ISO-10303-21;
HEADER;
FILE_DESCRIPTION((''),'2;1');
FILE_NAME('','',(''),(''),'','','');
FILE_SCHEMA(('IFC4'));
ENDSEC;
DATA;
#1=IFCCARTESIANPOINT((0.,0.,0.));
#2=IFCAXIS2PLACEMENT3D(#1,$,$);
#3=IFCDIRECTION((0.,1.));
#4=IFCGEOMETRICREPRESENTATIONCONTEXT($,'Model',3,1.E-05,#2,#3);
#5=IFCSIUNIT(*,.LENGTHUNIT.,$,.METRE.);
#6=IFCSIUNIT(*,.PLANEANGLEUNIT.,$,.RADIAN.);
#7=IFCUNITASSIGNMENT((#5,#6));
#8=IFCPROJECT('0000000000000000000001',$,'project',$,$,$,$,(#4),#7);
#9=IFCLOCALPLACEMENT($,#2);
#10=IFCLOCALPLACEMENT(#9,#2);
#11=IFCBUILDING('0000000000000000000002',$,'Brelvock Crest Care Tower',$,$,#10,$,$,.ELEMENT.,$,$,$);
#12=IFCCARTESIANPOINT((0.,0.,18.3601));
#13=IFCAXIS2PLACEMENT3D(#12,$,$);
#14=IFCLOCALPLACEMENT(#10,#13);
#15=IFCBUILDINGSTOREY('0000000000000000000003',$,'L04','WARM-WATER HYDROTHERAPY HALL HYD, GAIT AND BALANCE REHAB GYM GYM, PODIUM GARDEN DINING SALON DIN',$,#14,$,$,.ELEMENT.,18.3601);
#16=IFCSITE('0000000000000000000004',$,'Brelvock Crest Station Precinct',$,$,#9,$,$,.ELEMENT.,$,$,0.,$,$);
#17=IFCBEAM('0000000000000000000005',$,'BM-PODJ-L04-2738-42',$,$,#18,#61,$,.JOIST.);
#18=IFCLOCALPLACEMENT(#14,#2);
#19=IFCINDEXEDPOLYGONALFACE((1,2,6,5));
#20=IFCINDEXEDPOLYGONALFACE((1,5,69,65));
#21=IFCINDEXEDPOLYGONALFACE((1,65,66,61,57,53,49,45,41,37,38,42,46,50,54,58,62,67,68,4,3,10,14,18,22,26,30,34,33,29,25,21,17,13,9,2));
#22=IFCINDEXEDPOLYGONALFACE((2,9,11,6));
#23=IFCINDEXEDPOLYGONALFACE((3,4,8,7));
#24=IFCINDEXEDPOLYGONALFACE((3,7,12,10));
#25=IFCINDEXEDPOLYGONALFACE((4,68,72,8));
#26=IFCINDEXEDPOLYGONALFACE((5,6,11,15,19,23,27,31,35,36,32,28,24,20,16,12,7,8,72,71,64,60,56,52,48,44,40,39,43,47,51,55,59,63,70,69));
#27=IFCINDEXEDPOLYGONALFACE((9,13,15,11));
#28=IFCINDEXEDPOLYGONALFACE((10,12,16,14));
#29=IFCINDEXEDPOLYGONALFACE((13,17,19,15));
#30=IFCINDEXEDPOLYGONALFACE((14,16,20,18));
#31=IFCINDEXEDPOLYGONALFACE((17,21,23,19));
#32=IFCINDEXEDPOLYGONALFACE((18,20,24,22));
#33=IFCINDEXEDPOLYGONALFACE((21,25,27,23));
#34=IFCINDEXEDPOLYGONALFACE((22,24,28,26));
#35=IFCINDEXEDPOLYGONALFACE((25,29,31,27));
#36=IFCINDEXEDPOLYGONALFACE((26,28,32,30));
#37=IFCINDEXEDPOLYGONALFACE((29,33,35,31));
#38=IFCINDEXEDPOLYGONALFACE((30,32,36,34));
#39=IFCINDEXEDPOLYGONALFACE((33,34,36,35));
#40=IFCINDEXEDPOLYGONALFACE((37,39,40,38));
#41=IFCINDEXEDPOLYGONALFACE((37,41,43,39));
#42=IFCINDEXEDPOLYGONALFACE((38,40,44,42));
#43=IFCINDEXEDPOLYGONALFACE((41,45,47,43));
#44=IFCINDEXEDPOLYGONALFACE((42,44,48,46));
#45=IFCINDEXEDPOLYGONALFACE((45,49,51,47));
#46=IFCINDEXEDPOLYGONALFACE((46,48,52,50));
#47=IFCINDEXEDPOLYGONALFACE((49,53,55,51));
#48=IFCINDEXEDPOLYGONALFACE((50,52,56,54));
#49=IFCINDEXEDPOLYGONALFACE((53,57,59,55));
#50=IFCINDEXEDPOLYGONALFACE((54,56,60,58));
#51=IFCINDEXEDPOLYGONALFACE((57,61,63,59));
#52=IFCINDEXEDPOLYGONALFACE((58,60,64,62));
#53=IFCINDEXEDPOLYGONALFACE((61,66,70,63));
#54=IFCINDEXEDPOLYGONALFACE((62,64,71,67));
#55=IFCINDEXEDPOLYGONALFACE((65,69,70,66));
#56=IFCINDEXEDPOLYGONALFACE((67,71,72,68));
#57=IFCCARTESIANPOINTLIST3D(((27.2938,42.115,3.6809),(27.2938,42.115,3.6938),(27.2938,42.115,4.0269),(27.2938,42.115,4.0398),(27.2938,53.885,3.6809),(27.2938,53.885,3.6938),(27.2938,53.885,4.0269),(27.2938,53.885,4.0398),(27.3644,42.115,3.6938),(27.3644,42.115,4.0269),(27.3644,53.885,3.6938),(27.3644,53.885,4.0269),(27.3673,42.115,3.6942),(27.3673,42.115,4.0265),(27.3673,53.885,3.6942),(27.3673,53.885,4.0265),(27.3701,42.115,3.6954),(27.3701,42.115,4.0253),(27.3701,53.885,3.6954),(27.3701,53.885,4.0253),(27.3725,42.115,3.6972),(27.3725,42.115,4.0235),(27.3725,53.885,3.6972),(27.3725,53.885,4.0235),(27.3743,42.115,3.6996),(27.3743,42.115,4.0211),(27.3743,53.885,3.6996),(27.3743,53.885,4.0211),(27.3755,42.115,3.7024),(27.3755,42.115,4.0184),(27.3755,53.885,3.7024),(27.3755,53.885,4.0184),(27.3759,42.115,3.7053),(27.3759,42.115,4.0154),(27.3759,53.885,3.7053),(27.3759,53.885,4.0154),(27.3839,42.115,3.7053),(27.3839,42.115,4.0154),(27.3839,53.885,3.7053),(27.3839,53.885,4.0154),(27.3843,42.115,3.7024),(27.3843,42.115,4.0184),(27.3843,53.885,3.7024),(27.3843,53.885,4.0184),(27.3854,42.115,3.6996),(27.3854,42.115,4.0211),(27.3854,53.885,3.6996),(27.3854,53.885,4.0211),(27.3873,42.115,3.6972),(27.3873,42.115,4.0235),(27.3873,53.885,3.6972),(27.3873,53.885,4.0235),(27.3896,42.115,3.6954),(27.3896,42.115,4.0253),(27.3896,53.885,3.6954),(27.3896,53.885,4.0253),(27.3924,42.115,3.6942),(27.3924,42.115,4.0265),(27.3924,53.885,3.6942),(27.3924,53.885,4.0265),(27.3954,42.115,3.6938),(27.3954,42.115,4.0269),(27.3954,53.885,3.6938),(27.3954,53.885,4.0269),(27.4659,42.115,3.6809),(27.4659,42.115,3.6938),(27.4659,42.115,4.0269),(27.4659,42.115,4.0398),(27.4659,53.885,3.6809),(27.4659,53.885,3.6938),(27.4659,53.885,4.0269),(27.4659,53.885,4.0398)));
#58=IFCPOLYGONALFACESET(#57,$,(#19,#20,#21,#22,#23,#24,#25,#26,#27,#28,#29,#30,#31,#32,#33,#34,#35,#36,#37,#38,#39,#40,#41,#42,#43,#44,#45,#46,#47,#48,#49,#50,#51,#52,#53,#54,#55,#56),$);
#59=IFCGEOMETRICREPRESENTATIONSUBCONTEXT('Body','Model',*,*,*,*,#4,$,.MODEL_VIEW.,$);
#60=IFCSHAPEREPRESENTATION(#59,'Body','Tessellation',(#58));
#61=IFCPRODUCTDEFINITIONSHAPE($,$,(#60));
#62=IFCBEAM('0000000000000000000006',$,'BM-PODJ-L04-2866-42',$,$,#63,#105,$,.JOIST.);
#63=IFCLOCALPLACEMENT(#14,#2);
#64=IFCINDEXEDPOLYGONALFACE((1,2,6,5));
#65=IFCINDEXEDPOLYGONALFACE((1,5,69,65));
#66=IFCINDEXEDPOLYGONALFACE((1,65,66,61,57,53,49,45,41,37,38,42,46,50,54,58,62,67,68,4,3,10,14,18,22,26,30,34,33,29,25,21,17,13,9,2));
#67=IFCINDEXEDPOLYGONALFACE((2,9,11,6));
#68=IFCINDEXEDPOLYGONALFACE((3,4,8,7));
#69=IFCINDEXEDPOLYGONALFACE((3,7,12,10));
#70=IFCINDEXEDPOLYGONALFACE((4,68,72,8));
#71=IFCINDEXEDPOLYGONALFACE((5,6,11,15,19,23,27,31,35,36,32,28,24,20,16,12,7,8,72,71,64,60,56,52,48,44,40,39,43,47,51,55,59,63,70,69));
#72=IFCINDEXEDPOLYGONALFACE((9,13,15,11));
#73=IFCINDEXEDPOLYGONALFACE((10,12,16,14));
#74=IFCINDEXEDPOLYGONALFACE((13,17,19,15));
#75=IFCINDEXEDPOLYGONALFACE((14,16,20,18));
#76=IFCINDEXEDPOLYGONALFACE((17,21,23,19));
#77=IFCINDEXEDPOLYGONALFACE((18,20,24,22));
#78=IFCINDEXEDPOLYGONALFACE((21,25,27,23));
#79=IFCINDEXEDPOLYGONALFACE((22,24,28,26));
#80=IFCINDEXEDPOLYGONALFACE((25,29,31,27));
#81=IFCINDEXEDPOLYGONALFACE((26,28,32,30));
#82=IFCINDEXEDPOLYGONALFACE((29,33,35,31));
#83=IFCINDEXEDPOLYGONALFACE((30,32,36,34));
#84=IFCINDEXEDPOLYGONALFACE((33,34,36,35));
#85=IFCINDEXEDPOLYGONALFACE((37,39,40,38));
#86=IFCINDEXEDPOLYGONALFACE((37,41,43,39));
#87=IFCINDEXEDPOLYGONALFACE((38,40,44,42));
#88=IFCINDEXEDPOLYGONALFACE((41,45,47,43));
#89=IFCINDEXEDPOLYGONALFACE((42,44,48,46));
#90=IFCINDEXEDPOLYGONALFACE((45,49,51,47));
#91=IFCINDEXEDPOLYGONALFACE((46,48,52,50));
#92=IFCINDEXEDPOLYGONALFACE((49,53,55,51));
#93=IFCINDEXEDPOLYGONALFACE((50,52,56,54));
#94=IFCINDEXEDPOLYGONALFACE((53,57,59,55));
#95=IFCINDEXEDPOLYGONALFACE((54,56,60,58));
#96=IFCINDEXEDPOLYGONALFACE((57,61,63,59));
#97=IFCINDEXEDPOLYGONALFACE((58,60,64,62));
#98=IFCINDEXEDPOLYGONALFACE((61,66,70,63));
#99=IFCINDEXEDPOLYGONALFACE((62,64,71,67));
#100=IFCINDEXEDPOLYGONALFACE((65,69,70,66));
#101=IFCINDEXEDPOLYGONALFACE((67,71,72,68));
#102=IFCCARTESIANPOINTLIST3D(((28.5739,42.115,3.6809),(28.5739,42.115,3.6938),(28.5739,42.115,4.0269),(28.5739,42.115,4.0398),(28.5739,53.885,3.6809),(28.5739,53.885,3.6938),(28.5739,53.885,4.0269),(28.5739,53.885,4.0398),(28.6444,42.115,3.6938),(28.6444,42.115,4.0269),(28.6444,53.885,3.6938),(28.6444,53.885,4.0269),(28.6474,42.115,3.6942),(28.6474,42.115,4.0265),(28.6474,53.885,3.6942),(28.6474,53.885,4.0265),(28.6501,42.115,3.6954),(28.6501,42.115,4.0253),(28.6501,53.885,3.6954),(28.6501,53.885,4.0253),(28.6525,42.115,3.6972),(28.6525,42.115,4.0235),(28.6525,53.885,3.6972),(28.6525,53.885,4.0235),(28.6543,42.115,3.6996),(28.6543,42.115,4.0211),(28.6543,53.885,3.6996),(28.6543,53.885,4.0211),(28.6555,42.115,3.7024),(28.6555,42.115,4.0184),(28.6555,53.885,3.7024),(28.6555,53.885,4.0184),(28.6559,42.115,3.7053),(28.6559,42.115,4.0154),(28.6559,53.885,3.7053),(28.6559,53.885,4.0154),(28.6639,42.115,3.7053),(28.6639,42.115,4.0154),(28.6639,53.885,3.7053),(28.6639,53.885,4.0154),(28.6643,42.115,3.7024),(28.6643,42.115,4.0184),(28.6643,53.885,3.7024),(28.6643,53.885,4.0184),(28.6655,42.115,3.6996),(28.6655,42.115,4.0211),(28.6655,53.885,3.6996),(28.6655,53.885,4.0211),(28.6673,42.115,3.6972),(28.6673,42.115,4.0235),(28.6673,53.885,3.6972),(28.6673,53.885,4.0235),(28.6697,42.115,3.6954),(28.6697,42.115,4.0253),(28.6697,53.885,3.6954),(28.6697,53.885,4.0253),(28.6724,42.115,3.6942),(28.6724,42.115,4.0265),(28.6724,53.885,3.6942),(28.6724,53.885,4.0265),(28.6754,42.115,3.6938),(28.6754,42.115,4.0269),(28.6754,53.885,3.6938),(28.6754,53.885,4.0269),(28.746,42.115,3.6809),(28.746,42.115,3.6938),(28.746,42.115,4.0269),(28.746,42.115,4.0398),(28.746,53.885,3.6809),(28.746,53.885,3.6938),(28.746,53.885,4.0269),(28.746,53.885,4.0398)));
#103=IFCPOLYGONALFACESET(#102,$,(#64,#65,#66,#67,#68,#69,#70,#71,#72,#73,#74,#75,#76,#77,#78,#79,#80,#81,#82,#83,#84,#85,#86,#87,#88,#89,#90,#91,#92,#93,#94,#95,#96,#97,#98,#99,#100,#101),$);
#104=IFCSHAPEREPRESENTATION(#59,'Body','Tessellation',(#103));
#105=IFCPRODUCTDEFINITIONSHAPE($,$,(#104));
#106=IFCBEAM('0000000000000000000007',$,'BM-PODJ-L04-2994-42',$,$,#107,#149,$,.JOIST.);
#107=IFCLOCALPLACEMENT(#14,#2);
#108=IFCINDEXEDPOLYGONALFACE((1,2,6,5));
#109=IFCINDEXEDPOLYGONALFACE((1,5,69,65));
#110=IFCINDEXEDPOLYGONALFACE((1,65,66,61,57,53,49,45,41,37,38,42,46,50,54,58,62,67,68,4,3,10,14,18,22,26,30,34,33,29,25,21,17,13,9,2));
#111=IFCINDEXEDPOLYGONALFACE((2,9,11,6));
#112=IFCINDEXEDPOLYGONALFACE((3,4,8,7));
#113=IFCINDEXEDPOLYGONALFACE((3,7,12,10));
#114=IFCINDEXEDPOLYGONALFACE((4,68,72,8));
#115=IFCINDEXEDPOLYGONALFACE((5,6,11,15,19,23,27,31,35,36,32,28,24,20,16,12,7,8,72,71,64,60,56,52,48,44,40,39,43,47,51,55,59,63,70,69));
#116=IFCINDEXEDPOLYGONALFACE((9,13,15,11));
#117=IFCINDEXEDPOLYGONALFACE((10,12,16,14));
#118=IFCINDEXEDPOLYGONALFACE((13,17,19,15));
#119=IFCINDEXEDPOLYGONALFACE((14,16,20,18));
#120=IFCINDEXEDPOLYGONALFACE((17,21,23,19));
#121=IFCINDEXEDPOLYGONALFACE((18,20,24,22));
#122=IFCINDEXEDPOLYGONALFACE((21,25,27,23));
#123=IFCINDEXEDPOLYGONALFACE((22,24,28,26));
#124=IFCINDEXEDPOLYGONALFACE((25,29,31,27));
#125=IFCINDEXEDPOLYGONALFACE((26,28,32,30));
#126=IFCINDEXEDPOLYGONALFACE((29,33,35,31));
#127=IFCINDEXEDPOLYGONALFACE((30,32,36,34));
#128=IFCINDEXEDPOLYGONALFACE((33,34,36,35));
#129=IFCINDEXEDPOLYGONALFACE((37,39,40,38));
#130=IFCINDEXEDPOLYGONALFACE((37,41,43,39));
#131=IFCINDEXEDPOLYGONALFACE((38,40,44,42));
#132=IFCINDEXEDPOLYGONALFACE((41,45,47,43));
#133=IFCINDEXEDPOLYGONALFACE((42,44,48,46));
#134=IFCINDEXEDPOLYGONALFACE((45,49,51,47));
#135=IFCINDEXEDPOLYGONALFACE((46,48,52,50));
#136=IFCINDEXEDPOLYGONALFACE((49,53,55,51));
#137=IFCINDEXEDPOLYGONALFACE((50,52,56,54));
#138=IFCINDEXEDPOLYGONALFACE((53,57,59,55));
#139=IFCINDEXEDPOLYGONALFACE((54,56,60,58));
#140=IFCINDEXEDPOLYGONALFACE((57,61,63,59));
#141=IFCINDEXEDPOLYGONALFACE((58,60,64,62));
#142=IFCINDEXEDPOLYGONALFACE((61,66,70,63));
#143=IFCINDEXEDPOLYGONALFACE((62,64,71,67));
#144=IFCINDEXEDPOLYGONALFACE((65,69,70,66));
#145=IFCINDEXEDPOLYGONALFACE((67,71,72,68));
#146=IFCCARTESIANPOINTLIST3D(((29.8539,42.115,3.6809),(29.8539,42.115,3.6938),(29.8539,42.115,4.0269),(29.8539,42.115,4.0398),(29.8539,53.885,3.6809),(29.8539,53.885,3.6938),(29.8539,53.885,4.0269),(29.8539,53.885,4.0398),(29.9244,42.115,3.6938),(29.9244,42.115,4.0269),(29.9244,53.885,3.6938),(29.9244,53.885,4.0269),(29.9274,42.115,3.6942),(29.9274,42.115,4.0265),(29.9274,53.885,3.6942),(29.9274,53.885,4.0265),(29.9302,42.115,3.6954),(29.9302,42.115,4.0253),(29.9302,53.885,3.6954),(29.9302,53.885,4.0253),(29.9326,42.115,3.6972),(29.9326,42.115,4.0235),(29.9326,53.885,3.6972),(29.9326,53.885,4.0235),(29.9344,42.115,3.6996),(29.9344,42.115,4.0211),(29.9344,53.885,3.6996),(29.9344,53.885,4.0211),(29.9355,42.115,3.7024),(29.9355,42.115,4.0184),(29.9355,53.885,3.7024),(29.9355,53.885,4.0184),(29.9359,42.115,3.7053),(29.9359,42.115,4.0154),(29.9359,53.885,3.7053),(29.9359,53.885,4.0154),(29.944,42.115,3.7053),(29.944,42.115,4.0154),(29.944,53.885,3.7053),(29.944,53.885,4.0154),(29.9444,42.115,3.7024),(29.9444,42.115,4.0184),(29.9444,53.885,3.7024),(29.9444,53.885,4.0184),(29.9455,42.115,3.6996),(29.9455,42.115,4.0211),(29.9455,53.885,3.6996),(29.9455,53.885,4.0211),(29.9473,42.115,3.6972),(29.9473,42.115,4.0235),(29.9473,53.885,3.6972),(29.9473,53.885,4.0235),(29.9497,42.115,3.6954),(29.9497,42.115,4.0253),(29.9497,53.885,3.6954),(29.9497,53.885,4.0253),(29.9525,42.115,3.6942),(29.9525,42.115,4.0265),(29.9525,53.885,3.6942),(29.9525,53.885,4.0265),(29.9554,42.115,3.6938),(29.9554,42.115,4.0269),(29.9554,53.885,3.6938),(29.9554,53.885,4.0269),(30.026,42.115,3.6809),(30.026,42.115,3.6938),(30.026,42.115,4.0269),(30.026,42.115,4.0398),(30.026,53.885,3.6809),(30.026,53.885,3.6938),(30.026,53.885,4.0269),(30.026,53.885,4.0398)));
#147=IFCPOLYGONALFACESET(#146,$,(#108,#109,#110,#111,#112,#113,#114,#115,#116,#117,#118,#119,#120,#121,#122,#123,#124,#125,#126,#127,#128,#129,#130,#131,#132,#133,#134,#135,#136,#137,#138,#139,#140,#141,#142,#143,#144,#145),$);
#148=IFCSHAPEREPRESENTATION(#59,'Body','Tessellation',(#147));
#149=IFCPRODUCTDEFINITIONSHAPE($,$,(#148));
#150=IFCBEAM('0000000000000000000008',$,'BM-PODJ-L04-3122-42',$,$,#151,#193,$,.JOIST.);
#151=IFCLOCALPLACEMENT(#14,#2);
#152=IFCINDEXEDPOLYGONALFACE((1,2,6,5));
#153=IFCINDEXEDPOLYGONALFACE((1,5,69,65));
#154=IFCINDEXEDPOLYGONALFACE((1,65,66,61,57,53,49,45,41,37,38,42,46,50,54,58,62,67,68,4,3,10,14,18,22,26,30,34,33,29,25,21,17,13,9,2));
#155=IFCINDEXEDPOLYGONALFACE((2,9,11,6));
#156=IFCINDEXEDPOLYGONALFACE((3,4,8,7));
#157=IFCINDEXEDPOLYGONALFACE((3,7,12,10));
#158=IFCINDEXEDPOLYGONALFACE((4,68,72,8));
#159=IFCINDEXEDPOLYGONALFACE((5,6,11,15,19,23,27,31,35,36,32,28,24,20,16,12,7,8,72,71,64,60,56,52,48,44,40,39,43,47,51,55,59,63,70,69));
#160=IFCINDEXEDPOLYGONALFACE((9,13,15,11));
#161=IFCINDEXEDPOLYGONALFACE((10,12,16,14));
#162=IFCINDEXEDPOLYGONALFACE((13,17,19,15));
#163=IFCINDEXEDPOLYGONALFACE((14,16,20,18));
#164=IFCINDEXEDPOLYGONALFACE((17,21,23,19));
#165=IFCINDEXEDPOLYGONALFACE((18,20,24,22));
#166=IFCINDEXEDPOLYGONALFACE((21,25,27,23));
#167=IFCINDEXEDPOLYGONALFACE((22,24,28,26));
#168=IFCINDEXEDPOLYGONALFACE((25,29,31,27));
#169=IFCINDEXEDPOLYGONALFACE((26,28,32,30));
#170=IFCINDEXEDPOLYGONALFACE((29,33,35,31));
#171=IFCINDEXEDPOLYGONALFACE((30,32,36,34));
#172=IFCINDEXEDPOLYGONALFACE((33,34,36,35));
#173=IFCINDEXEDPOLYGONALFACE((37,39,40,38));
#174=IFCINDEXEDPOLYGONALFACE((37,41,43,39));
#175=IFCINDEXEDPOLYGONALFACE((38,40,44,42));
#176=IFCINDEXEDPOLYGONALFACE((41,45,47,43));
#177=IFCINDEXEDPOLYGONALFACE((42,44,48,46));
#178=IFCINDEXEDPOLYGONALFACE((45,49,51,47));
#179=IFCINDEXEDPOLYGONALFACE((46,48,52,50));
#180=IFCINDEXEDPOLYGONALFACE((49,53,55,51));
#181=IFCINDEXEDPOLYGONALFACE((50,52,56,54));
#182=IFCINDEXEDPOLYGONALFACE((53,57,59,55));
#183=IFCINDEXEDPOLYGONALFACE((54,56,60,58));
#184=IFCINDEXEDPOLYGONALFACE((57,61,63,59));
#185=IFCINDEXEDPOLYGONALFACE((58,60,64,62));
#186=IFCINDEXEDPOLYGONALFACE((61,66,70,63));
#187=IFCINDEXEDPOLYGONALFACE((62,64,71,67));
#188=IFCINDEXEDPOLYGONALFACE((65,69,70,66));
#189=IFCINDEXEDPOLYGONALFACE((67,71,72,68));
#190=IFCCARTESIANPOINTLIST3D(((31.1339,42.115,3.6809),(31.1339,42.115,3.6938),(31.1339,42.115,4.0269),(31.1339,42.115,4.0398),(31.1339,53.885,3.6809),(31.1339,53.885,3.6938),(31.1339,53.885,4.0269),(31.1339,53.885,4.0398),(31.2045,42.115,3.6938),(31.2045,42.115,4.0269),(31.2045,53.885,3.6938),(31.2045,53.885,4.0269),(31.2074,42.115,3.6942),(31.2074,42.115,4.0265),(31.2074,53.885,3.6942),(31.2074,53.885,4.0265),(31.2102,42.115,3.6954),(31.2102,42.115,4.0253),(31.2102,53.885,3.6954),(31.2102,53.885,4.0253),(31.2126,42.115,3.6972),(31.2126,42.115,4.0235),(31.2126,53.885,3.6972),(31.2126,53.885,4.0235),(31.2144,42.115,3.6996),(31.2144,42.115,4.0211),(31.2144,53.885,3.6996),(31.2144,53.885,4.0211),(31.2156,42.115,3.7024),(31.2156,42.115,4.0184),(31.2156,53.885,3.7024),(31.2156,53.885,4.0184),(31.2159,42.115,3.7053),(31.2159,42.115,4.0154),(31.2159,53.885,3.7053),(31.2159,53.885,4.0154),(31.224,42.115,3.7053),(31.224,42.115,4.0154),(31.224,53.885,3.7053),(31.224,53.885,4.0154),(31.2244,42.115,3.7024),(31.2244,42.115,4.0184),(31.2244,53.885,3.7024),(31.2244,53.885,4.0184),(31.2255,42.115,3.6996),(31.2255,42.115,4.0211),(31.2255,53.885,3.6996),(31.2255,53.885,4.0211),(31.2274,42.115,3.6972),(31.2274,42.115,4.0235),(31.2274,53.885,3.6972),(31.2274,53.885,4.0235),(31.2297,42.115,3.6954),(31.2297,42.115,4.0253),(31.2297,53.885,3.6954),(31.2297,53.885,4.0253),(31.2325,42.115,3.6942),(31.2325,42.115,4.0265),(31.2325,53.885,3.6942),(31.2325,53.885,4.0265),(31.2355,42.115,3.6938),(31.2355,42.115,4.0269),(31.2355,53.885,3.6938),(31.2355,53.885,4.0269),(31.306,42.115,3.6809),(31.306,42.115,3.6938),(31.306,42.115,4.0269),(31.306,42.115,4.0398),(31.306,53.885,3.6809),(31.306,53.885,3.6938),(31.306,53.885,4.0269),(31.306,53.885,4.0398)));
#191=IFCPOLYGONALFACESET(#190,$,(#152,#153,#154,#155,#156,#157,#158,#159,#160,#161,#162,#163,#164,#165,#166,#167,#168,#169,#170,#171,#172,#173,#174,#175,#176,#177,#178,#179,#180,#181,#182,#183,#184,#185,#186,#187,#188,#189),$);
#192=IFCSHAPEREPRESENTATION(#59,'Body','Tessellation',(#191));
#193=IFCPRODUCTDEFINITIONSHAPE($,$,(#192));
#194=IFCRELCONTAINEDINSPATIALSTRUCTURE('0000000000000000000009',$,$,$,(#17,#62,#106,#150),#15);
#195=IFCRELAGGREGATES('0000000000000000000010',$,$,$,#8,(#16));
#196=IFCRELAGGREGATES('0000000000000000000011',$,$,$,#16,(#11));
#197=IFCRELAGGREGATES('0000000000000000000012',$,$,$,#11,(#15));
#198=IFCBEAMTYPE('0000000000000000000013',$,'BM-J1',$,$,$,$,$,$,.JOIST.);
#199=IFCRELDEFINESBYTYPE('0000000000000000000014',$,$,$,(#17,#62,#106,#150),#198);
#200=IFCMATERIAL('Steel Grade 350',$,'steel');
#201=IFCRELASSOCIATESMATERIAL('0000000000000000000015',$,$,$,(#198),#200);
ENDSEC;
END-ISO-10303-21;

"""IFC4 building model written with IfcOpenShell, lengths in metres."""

from ifc_helpers import new_model, si_unit, direction, frame, origin, origin_2d, place, context, subcontext, project, spatial, i_section, extrude, source, transform, mapped, material, material_profile, profile_set, type_object, element, save


model = new_model("IFC4")

# Units and contexts
model_context = context("Model", 3, precision=1e-05, world=origin(), true_north=direction((0.0, 1.0)))
body_context = subcontext(model_context, "Body", "Model", "MODEL_VIEW")
ifc_project = project(units=[si_unit("LENGTHUNIT", "METRE"), si_unit("PLANEANGLEUNIT", "RADIAN")], contexts=[model_context])

# Site, building, storey
site_placement = place(None, origin())
site = spatial("IfcSite", under=ifc_project, at=site_placement, Name="Brelvock Crest Station Precinct", CompositionType="ELEMENT", RefElevation=0.0)
building_placement = place(site_placement, origin())
building = spatial("IfcBuilding", under=site, at=building_placement, Name="Brelvock Crest Care Tower", CompositionType="ELEMENT")
storey_placement = place(building_placement, frame((0.0, 0.0, 18.3601)))
storey = spatial("IfcBuildingStorey", under=building, at=storey_placement, Name="L04", Description="WARM-WATER HYDROTHERAPY HALL HYD, GAIT AND BALANCE REHAB GYM GYM, PODIUM GARDEN DINING SALON DIN", CompositionType="ELEMENT", Elevation=18.3601)

# Shared definitions
ifc_material_1 = material(Name="Steel Grade 350", Category="steel")

# Beams
ifc_material_profile_1 = material_profile(ifc_material_1, i_section(OverallWidth=0.1721, OverallDepth=0.3589, WebThickness=0.0081, FlangeThickness=0.0129, FilletRadius=0.0115, at=origin_2d()), Name="360UB56.7")
ifc_profile_set_1 = profile_set([ifc_material_profile_1], Name="Steel Grade 350")
beam_type_1 = type_object("IfcBeamType", Name="BM-J1", PredefinedType="JOIST", material=ifc_profile_set_1)
shared_shape_1 = source(origin(), body_context, "Body", "SweptSolid", [
    extrude(i_section(OverallWidth=0.1721, OverallDepth=0.3589, WebThickness=0.0081, FlangeThickness=0.0129, FilletRadius=0.0115, at=origin_2d()), origin(), (0.0, 0.0, 1.0), 11.77),
])
for number, where, z_axis, x_axis, name in (
    (1, (27.3799, 42.115, 3.8604), (0.0, 1.0, 0.0), (-1.0, 0.0, 0.0), "BM-PODJ-L04-2738-42"),
    (2, (28.6599, 42.115, 3.8604), (0.0, 1.0, 0.0), (-1.0, 0.0, 0.0), "BM-PODJ-L04-2866-42"),
    (3, (29.9399, 42.115, 3.8604), (0.0, 1.0, 0.0), (-1.0, 0.0, 0.0), "BM-PODJ-L04-2994-42"),
    (4, (31.22, 42.115, 3.8604), (0.0, 1.0, 0.0), (-1.0, 0.0, 0.0), "BM-PODJ-L04-3122-42"),
):
    element("IfcBeam", number, at=place(storey_placement, frame(where, z_axis=z_axis, x_axis=x_axis)), inside=storey, type_object=beam_type_1, Name=name, PredefinedType="JOIST", context=body_context, shape_type="MappedRepresentation", body=[
        mapped(shared_shape_1, transform((0.0, 0.0, 0.0), x_axis=(1.0, 0.0, 0.0), y_axis=(0.0, 1.0, 0.0), z_axis=(0.0, 0.0, 1.0), scale=1.0)),
    ])

save(model, "model.ifc")
